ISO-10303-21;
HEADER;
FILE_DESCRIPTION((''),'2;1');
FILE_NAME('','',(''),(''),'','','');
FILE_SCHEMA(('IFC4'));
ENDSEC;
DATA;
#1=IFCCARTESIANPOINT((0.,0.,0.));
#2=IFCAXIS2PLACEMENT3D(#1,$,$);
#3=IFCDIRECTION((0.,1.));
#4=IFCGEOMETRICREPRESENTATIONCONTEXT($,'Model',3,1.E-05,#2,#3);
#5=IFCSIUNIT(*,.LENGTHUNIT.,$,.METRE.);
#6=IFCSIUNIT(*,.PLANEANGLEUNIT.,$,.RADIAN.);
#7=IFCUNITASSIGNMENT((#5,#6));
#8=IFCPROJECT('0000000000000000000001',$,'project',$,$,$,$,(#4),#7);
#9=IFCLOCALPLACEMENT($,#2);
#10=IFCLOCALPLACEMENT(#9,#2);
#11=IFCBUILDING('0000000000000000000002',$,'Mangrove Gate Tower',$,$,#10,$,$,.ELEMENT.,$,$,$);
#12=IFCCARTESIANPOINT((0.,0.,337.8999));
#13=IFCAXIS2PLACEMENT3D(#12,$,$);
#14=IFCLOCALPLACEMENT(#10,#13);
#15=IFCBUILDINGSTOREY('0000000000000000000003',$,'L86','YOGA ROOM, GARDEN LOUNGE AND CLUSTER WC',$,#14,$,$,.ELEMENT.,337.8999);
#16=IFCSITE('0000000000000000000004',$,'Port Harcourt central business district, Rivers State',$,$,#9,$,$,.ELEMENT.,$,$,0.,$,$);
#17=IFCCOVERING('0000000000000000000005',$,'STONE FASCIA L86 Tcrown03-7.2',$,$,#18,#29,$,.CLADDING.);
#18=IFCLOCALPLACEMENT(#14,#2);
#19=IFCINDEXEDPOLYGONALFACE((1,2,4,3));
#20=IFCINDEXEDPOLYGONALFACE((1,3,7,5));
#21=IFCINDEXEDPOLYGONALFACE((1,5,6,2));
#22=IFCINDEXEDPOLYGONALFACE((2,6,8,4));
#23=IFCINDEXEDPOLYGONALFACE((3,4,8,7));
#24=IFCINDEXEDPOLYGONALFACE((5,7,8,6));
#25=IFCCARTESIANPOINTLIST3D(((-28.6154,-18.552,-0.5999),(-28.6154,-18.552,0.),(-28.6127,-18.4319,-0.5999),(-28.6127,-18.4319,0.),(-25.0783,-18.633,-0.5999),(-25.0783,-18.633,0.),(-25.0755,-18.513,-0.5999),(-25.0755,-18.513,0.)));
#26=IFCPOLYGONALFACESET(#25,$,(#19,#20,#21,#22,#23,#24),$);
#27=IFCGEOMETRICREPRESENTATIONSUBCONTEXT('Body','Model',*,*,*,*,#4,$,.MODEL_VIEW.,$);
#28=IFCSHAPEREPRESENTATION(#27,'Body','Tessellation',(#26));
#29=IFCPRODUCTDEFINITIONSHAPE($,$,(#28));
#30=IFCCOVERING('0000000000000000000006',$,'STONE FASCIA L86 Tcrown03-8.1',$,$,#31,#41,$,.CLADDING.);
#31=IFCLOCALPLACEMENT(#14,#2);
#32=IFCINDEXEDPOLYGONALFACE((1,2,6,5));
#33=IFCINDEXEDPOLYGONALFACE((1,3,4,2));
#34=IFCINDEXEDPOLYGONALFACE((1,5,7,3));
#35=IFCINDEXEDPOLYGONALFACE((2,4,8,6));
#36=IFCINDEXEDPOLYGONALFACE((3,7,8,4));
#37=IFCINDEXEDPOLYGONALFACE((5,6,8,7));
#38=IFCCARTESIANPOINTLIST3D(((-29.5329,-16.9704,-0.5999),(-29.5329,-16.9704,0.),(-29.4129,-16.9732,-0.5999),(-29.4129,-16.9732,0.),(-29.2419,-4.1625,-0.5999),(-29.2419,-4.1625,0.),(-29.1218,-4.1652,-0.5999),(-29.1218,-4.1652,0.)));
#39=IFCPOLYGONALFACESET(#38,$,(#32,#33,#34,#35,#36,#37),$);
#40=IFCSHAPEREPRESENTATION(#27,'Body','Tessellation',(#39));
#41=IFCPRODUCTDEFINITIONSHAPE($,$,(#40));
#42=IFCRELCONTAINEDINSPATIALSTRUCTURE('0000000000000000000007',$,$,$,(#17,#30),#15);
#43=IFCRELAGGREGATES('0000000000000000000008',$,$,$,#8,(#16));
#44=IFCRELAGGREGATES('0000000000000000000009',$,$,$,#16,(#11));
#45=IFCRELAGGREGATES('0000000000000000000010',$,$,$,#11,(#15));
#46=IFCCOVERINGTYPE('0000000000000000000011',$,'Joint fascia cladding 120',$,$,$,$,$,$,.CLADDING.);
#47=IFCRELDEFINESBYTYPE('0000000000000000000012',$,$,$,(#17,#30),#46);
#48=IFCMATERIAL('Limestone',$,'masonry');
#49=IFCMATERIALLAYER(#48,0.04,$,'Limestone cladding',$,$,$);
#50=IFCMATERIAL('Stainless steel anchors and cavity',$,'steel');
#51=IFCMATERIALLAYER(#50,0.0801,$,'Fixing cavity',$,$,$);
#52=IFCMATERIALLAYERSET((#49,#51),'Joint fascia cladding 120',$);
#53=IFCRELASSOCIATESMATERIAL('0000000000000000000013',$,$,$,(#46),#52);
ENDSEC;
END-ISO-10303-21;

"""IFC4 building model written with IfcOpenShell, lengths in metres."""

from ifc_helpers import new_model, si_unit, direction, frame, frame_2d, origin, place, context, subcontext, project, spatial, rectangle, extrude, material, layer, layer_set, type_object, element, save


model = new_model("IFC4")

# Units and contexts
model_context = context("Model", 3, precision=1e-05, world=origin(), true_north=direction((0.0, 1.0)))
body_context = subcontext(model_context, "Body", "Model", "MODEL_VIEW")
ifc_project = project(units=[si_unit("LENGTHUNIT", "METRE"), si_unit("PLANEANGLEUNIT", "RADIAN")], contexts=[model_context])

# Site, building, storey
site_placement = place(None, origin())
site = spatial("IfcSite", under=ifc_project, at=site_placement, Name="Port Harcourt central business district, Rivers State", CompositionType="ELEMENT", RefElevation=0.0)
building_placement = place(site_placement, origin())
building = spatial("IfcBuilding", under=site, at=building_placement, Name="Mangrove Gate Tower", CompositionType="ELEMENT")
storey_placement = place(building_placement, frame((0.0, 0.0, 337.8999)))
storey = spatial("IfcBuildingStorey", under=building, at=storey_placement, Name="L86", Description="YOGA ROOM, GARDEN LOUNGE AND CLUSTER WC", CompositionType="ELEMENT", Elevation=337.8999)

# Shared definitions
ifc_material_1 = material(Name="Limestone", Category="masonry")

# Coverings
ifc_layer_1 = layer(ifc_material_1, 0.04, Name="Limestone cladding")
ifc_material_2 = material(Name="Stainless steel anchors and cavity", Category="steel")
ifc_layer_2 = layer(ifc_material_2, 0.0801, Name="Fixing cavity")
ifc_layer_set_1 = layer_set([ifc_layer_1, ifc_layer_2], Name="Joint fascia cladding 120")
covering_type = type_object("IfcCoveringType", Name="Joint fascia cladding 120", PredefinedType="CLADDING", material=ifc_layer_set_1)
covering_1_placement = place(storey_placement, frame((-25.0769, -18.573, -0.5999), z_axis=(0.0, 0.0, 1.0), x_axis=(-0.999738, 0.02291, 0.0)))
element("IfcCovering", 1, at=covering_1_placement, inside=storey, type_object=covering_type, Name="STONE FASCIA L86 Tcrown03-7.2", PredefinedType="CLADDING", context=body_context, shape_type="SweptSolid", body=[
    extrude(rectangle(XDim=3.5381, YDim=0.1201, at=frame_2d((1.769, 0.0))), origin(), (0.0, 0.0, 1.0), 0.5999),
])
covering_2_placement = place(storey_placement, frame((-29.4729, -16.9719, -0.5999), z_axis=(0.0, 0.0, 1.0), x_axis=(0.022716, 0.999742, 0.0)))
element("IfcCovering", 2, at=covering_2_placement, inside=storey, type_object=covering_type, Name="STONE FASCIA L86 Tcrown03-8.1", PredefinedType="CLADDING", context=body_context, shape_type="SweptSolid", body=[
    extrude(rectangle(XDim=12.8113, YDim=0.1201, at=frame_2d((6.4058, 0.0))), origin(), (0.0, 0.0, 1.0), 0.5999),
])

save(model, "model.ifc")
